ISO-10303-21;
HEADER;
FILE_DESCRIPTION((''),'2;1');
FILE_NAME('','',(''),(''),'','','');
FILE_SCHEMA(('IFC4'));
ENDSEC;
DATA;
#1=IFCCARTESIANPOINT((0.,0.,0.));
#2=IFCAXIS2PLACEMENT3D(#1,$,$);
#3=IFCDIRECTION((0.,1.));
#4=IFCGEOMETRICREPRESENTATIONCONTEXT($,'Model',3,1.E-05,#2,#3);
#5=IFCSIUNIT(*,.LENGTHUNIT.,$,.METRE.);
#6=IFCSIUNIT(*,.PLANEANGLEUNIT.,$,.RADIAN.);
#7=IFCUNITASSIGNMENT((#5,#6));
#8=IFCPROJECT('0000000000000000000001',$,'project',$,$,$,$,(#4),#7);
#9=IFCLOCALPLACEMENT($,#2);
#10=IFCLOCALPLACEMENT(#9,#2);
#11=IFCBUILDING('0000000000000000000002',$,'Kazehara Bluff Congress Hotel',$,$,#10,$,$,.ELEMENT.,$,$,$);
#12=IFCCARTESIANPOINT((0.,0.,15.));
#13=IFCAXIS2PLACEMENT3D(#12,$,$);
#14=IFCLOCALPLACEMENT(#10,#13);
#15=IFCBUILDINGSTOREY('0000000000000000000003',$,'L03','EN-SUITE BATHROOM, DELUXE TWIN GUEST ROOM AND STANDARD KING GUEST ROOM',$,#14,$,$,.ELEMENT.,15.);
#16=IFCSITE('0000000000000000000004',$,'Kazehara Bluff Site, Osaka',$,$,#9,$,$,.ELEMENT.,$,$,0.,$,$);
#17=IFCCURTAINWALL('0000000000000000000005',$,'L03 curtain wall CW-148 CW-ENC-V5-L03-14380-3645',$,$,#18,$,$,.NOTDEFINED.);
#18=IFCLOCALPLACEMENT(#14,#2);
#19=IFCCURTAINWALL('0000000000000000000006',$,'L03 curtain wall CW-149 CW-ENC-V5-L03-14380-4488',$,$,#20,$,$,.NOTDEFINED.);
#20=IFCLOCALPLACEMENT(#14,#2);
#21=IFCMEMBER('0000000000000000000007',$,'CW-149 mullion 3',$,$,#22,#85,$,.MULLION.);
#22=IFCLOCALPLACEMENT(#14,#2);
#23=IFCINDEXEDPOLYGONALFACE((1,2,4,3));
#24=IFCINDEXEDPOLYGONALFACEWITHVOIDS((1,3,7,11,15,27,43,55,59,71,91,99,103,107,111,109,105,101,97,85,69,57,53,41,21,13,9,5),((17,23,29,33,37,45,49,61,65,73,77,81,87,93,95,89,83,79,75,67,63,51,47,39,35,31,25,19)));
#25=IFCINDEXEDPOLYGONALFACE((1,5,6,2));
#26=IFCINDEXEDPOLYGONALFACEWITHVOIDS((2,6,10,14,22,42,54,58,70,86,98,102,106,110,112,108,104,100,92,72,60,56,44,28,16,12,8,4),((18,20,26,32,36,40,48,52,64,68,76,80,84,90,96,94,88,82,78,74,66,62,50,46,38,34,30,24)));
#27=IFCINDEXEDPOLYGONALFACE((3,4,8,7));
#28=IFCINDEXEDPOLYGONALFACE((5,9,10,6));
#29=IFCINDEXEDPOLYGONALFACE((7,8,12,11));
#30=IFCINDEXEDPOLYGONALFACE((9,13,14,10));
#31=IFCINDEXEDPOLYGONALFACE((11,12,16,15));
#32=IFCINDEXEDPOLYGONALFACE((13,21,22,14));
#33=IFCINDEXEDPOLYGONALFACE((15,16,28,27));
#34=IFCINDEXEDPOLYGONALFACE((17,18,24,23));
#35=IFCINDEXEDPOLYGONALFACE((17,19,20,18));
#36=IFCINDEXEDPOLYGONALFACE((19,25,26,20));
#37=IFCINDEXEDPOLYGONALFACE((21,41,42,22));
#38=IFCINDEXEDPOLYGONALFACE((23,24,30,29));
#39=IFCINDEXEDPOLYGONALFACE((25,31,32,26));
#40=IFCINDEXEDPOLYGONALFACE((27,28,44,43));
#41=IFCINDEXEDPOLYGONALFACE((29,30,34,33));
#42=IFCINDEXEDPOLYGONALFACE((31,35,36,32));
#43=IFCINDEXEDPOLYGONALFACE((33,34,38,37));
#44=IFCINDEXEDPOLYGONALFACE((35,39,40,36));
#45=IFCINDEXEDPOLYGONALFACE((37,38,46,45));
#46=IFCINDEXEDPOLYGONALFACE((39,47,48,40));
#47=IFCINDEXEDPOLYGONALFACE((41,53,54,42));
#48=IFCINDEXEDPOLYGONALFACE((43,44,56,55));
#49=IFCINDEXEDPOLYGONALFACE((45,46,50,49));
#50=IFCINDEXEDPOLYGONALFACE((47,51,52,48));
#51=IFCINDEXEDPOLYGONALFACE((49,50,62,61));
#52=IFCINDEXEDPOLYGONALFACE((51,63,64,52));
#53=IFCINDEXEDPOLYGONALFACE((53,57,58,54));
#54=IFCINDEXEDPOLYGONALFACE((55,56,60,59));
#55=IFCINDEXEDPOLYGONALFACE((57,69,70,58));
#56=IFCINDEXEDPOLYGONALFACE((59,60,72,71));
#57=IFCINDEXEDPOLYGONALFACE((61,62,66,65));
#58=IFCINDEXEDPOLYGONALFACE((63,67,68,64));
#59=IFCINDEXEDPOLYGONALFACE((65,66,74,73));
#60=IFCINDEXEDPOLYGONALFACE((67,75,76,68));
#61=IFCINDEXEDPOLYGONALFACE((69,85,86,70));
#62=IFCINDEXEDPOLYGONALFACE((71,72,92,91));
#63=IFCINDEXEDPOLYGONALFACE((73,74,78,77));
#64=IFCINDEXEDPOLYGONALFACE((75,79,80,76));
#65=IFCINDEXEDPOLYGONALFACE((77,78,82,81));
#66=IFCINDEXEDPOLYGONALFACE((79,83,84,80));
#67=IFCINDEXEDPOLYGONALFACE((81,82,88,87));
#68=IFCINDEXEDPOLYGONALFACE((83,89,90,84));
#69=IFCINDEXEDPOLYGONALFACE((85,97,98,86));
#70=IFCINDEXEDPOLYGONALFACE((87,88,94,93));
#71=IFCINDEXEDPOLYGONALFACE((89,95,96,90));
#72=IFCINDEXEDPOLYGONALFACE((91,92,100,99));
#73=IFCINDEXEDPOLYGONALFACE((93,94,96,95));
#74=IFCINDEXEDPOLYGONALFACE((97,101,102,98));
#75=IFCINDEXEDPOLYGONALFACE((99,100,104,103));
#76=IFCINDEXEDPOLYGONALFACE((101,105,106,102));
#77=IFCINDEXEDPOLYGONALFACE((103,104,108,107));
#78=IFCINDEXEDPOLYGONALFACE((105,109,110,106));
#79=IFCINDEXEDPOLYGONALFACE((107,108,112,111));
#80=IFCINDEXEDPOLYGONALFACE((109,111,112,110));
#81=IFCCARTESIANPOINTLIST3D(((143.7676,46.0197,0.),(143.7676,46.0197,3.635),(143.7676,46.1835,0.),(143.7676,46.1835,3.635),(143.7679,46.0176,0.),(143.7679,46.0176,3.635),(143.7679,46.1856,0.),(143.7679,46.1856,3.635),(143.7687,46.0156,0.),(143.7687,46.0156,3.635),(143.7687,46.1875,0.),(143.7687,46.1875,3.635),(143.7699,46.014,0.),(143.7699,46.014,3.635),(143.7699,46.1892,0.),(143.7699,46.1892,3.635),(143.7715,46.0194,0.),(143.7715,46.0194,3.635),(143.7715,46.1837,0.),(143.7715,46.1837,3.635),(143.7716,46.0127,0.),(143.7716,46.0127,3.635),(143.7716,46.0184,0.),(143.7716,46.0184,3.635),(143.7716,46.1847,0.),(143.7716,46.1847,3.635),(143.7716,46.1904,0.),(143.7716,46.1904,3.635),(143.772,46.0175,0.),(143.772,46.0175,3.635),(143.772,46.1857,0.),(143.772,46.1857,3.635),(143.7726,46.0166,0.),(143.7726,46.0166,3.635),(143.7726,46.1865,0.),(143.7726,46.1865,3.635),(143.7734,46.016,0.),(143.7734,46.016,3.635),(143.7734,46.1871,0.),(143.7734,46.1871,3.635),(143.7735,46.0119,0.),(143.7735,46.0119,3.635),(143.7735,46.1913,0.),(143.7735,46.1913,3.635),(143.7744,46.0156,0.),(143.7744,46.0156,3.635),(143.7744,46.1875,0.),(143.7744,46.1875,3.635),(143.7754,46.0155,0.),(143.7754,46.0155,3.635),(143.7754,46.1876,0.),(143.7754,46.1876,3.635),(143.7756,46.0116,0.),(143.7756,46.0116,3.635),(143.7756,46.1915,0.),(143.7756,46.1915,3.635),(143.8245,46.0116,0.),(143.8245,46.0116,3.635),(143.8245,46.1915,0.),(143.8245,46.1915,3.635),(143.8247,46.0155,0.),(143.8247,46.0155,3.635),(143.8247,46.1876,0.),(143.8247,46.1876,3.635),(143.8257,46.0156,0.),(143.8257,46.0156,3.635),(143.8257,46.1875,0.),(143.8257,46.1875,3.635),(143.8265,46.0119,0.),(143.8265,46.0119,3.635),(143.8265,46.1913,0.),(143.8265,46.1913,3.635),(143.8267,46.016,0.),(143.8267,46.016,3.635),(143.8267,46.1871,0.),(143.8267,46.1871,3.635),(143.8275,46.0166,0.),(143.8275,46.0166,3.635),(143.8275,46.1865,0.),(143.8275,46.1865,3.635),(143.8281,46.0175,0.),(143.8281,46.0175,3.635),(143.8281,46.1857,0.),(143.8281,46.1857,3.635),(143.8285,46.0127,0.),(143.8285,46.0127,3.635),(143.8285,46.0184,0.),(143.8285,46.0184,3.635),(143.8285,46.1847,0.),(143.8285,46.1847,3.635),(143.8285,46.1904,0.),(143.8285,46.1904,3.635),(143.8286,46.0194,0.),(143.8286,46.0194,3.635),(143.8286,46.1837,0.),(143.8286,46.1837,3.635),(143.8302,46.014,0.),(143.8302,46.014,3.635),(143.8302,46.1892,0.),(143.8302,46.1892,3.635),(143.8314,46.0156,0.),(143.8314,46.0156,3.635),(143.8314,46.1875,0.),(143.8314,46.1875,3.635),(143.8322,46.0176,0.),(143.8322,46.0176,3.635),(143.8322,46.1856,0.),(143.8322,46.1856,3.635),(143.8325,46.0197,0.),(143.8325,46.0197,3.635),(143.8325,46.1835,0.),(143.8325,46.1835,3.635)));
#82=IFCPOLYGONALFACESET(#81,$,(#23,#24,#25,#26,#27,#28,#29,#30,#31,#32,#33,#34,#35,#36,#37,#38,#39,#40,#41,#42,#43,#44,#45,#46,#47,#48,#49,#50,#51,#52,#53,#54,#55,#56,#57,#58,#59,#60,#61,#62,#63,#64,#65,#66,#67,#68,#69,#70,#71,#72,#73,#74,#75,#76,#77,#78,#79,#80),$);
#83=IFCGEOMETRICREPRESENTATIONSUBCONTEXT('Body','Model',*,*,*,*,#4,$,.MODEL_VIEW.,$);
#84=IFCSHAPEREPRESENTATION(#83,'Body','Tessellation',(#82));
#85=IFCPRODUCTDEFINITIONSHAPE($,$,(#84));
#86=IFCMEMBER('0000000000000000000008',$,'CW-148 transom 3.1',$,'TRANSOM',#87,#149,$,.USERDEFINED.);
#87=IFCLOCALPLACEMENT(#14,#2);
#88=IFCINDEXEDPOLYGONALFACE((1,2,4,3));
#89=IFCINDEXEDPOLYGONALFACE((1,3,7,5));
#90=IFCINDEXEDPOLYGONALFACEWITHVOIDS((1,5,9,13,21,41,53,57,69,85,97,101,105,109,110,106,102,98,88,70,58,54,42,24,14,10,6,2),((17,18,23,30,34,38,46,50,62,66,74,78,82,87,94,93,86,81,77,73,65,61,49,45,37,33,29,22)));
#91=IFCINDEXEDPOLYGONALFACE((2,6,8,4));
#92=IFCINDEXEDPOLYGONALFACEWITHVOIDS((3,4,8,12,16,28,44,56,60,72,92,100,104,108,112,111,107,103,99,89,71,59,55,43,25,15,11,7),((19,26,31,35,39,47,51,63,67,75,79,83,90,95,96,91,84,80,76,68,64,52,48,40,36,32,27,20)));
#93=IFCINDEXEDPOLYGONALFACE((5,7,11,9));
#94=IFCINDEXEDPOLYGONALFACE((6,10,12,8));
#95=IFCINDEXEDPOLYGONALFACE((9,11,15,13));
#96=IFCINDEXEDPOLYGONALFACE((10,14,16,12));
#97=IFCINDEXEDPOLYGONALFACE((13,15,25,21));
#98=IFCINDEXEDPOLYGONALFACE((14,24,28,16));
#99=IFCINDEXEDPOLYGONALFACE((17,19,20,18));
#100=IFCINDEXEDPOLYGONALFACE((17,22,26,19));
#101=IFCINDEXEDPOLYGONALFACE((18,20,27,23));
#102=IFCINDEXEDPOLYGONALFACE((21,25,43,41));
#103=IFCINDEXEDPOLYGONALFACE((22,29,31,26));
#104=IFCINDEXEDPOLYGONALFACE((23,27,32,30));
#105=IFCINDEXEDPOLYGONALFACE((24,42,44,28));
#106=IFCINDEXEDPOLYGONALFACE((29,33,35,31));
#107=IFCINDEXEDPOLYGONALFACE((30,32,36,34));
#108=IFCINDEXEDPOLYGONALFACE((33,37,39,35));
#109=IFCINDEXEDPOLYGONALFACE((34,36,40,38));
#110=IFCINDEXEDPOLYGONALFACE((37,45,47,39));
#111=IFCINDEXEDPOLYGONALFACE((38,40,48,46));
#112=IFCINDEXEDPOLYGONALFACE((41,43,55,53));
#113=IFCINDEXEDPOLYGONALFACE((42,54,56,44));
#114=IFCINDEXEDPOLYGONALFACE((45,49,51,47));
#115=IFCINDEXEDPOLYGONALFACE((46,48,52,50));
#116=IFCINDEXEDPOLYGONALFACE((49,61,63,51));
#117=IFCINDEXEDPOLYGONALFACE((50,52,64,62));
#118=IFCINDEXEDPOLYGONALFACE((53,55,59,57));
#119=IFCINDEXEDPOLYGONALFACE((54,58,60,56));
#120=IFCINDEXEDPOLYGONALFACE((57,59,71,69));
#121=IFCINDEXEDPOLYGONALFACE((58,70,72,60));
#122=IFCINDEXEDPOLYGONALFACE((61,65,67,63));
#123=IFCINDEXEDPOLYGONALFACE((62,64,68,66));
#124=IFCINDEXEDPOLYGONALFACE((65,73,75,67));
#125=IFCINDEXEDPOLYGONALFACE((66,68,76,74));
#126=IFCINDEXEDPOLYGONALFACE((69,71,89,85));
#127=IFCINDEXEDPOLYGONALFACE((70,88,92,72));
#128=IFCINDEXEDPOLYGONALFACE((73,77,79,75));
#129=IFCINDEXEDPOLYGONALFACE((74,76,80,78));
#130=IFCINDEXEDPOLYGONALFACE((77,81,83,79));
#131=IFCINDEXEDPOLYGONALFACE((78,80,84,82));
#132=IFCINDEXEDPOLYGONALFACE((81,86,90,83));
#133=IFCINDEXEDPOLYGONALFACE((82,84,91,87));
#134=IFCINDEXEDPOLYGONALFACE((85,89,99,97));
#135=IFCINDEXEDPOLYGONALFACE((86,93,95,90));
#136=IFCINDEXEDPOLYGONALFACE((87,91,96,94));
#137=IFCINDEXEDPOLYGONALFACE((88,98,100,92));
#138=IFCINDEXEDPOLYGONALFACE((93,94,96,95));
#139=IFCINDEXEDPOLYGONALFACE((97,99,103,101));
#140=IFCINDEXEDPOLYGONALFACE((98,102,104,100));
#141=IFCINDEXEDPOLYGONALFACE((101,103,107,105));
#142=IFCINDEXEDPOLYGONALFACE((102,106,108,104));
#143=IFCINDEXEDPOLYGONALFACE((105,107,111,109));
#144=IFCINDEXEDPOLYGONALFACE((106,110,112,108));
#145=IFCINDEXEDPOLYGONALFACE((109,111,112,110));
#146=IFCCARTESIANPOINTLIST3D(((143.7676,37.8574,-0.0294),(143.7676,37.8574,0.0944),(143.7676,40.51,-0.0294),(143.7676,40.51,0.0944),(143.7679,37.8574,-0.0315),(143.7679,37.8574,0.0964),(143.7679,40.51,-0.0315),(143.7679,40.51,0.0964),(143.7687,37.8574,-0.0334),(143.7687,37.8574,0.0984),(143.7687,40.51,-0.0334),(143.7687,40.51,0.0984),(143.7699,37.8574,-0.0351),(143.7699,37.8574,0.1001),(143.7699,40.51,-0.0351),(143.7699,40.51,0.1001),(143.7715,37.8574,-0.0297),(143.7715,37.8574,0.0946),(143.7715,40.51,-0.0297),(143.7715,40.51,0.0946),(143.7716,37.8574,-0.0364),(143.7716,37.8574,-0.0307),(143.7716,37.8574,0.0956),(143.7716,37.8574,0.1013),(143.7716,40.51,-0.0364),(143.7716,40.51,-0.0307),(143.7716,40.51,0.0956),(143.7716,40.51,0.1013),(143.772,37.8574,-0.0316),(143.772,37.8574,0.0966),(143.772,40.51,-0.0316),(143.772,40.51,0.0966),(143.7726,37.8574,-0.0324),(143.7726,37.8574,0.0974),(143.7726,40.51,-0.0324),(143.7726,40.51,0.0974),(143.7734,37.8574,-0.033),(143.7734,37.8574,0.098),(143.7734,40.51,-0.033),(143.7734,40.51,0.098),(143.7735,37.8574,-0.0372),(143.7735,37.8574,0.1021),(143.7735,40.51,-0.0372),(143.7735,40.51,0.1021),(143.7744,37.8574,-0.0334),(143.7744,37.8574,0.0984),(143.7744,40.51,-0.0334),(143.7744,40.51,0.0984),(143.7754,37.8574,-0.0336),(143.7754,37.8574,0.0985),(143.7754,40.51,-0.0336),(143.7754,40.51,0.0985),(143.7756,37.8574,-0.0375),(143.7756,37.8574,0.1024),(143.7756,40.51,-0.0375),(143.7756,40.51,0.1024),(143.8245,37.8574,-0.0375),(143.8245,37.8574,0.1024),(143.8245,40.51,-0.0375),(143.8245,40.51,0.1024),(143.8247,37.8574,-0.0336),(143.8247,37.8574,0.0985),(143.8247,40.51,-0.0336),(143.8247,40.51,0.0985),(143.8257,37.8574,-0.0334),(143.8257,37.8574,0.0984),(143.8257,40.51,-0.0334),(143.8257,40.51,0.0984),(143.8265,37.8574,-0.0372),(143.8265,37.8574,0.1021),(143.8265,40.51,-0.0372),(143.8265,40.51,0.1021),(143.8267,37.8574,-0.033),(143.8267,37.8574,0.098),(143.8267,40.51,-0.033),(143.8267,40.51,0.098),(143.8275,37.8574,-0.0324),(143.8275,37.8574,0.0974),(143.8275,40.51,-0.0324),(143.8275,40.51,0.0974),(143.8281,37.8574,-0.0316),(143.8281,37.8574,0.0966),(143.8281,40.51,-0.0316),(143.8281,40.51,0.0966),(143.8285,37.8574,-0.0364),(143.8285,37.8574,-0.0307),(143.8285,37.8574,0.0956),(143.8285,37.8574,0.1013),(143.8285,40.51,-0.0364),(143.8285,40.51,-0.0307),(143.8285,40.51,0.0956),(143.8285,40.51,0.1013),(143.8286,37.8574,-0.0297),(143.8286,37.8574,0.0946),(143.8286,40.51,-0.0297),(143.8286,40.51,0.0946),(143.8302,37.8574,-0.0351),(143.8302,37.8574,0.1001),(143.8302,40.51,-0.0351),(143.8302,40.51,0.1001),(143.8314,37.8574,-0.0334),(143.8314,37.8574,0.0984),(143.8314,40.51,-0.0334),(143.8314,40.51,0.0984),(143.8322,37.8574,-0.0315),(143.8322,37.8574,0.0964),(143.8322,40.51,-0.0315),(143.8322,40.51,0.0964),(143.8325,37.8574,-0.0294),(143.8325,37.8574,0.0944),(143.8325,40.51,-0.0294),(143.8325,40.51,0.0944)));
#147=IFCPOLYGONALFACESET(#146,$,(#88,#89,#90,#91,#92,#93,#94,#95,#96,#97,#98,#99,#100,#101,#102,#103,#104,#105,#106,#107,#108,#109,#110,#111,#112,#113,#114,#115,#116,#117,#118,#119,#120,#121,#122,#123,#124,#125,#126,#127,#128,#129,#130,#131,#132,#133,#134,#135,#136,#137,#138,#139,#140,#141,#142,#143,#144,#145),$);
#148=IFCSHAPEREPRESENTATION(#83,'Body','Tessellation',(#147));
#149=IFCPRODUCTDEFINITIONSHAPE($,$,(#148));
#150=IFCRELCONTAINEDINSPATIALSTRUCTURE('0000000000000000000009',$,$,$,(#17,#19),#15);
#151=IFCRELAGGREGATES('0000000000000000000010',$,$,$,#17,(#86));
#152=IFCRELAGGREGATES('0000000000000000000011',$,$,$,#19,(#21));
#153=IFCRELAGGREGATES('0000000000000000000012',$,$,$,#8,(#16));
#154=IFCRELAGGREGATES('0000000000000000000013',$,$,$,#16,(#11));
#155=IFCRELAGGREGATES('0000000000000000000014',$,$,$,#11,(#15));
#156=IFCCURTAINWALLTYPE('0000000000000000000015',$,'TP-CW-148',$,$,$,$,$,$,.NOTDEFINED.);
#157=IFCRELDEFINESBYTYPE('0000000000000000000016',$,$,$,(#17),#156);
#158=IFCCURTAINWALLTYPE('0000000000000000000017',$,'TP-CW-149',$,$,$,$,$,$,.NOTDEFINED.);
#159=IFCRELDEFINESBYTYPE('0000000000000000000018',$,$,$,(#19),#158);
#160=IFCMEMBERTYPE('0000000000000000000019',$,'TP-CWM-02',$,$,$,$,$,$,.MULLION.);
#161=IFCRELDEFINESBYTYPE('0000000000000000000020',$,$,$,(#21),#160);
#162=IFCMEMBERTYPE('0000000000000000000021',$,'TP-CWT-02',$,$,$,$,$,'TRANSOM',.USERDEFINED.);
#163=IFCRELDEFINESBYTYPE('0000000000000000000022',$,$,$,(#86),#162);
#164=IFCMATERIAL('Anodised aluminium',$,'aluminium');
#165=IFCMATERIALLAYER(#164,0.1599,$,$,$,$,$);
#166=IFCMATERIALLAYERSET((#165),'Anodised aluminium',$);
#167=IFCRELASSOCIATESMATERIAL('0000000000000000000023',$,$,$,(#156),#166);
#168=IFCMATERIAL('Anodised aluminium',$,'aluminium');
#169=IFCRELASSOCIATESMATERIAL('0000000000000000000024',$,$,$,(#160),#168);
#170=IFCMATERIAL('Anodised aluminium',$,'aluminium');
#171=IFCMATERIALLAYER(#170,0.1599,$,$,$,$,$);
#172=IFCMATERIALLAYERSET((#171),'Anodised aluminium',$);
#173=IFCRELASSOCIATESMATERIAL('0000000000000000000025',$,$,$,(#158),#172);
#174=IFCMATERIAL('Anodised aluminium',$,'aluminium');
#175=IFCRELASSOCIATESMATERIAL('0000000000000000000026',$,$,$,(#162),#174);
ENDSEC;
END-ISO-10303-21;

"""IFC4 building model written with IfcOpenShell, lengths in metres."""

from ifc_helpers import new_model, si_unit, direction, frame, origin, origin_2d, place, context, subcontext, project, spatial, hollow_rectangle, extrude, material, layer, layer_set, material_profile, profile_set, type_object, element, aggregate, save


model = new_model("IFC4")

# Units and contexts
model_context = context("Model", 3, precision=1e-05, world=origin(), true_north=direction((0.0, 1.0)))
body_context = subcontext(model_context, "Body", "Model", "MODEL_VIEW")
ifc_project = project(units=[si_unit("LENGTHUNIT", "METRE"), si_unit("PLANEANGLEUNIT", "RADIAN")], contexts=[model_context])

# Site, building, storey
site_placement = place(None, origin())
site = spatial("IfcSite", under=ifc_project, at=site_placement, Name="Kazehara Bluff Site, Osaka", CompositionType="ELEMENT", RefElevation=0.0)
building_placement = place(site_placement, origin())
building = spatial("IfcBuilding", under=site, at=building_placement, Name="Kazehara Bluff Congress Hotel", CompositionType="ELEMENT")
storey_placement = place(building_placement, frame((0.0, 0.0, 15.0)))
storey = spatial("IfcBuildingStorey", under=building, at=storey_placement, Name="L03", Description="EN-SUITE BATHROOM, DELUXE TWIN GUEST ROOM AND STANDARD KING GUEST ROOM", CompositionType="ELEMENT", Elevation=15.0)

# Curtain walls, member
ifc_material_1 = material(Name="Anodised aluminium", Category="aluminium")
ifc_layer_1 = layer(ifc_material_1, 0.1599)
ifc_layer_set_1 = layer_set([ifc_layer_1], Name="Anodised aluminium")
curtain_wall_type_1 = type_object("IfcCurtainWallType", Name="TP-CW-148", PredefinedType="NOTDEFINED", material=ifc_layer_set_1)
curtain_wall_1_placement = place(storey_placement, origin())
curtain_wall_1 = element("IfcCurtainWall", 1, at=curtain_wall_1_placement, inside=storey, type_object=curtain_wall_type_1, Name="L03 curtain wall CW-148 CW-ENC-V5-L03-14380-3645", PredefinedType="NOTDEFINED")
ifc_material_2 = material(Name="Anodised aluminium", Category="aluminium")
ifc_material_profile_1 = material_profile(ifc_material_2, hollow_rectangle(XDim=0.0649, YDim=0.1799, WallThickness=0.0039, InnerFilletRadius=0.0039, OuterFilletRadius=0.0081, at=origin_2d()))
ifc_profile_set_1 = profile_set([ifc_material_profile_1], Name="Anodised aluminium")
member_type_1 = type_object("IfcMemberType", Name="TP-CWM-02", PredefinedType="MULLION", material=ifc_profile_set_1)
ifc_material_3 = material(Name="Anodised aluminium", Category="aluminium")
ifc_layer_2 = layer(ifc_material_3, 0.1599)
ifc_layer_set_2 = layer_set([ifc_layer_2], Name="Anodised aluminium")
curtain_wall_type_2 = type_object("IfcCurtainWallType", Name="TP-CW-149", PredefinedType="NOTDEFINED", material=ifc_layer_set_2)
curtain_wall_2_placement = place(storey_placement, origin())
curtain_wall_2 = element("IfcCurtainWall", 2, at=curtain_wall_2_placement, inside=storey, type_object=curtain_wall_type_2, Name="L03 curtain wall CW-149 CW-ENC-V5-L03-14380-4488", PredefinedType="NOTDEFINED")
member_1_placement = place(storey_placement, frame((143.8, 46.1016, 0.0), z_axis=(0.0, 0.0, 1.0), x_axis=(-1.0, 0.0, 0.0)))
member_1 = element("IfcMember", 3, at=member_1_placement, type_object=member_type_1, Name="CW-149 mullion 3", PredefinedType="MULLION", context=body_context, shape_type="SweptSolid", body=[
    extrude(hollow_rectangle(XDim=0.0649, YDim=0.1799, WallThickness=0.0039, InnerFilletRadius=0.0039, OuterFilletRadius=0.0081, at=origin_2d()), origin(), (0.0, 0.0, 1.0), 3.635),
])

# Member
ifc_material_4 = material(Name="Anodised aluminium", Category="aluminium")
ifc_material_profile_2 = material_profile(ifc_material_4, hollow_rectangle(XDim=0.0649, YDim=0.1399, WallThickness=0.0039, InnerFilletRadius=0.0039, OuterFilletRadius=0.0081, at=origin_2d()))
ifc_profile_set_2 = profile_set([ifc_material_profile_2], Name="Anodised aluminium")
member_type_2 = type_object("IfcMemberType", Name="TP-CWT-02", ElementType="TRANSOM", PredefinedType="USERDEFINED", material=ifc_profile_set_2)
member_2_placement = place(storey_placement, frame((143.8, 37.8574, 0.0325), z_axis=(0.0, 1.0, 0.0), x_axis=(-1.0, 0.0, 0.0)))
member_2 = element("IfcMember", 4, at=member_2_placement, type_object=member_type_2, Name="CW-148 transom 3.1", ObjectType="TRANSOM", PredefinedType="USERDEFINED", context=body_context, shape_type="SweptSolid", body=[
    extrude(hollow_rectangle(XDim=0.0649, YDim=0.1399, WallThickness=0.0039, InnerFilletRadius=0.0039, OuterFilletRadius=0.0081, at=origin_2d()), origin(), (0.0, 0.0, 1.0), 2.6526),
])

aggregate(curtain_wall_1, [member_2])
aggregate(curtain_wall_2, [member_1])

save(model, "model.ifc")
